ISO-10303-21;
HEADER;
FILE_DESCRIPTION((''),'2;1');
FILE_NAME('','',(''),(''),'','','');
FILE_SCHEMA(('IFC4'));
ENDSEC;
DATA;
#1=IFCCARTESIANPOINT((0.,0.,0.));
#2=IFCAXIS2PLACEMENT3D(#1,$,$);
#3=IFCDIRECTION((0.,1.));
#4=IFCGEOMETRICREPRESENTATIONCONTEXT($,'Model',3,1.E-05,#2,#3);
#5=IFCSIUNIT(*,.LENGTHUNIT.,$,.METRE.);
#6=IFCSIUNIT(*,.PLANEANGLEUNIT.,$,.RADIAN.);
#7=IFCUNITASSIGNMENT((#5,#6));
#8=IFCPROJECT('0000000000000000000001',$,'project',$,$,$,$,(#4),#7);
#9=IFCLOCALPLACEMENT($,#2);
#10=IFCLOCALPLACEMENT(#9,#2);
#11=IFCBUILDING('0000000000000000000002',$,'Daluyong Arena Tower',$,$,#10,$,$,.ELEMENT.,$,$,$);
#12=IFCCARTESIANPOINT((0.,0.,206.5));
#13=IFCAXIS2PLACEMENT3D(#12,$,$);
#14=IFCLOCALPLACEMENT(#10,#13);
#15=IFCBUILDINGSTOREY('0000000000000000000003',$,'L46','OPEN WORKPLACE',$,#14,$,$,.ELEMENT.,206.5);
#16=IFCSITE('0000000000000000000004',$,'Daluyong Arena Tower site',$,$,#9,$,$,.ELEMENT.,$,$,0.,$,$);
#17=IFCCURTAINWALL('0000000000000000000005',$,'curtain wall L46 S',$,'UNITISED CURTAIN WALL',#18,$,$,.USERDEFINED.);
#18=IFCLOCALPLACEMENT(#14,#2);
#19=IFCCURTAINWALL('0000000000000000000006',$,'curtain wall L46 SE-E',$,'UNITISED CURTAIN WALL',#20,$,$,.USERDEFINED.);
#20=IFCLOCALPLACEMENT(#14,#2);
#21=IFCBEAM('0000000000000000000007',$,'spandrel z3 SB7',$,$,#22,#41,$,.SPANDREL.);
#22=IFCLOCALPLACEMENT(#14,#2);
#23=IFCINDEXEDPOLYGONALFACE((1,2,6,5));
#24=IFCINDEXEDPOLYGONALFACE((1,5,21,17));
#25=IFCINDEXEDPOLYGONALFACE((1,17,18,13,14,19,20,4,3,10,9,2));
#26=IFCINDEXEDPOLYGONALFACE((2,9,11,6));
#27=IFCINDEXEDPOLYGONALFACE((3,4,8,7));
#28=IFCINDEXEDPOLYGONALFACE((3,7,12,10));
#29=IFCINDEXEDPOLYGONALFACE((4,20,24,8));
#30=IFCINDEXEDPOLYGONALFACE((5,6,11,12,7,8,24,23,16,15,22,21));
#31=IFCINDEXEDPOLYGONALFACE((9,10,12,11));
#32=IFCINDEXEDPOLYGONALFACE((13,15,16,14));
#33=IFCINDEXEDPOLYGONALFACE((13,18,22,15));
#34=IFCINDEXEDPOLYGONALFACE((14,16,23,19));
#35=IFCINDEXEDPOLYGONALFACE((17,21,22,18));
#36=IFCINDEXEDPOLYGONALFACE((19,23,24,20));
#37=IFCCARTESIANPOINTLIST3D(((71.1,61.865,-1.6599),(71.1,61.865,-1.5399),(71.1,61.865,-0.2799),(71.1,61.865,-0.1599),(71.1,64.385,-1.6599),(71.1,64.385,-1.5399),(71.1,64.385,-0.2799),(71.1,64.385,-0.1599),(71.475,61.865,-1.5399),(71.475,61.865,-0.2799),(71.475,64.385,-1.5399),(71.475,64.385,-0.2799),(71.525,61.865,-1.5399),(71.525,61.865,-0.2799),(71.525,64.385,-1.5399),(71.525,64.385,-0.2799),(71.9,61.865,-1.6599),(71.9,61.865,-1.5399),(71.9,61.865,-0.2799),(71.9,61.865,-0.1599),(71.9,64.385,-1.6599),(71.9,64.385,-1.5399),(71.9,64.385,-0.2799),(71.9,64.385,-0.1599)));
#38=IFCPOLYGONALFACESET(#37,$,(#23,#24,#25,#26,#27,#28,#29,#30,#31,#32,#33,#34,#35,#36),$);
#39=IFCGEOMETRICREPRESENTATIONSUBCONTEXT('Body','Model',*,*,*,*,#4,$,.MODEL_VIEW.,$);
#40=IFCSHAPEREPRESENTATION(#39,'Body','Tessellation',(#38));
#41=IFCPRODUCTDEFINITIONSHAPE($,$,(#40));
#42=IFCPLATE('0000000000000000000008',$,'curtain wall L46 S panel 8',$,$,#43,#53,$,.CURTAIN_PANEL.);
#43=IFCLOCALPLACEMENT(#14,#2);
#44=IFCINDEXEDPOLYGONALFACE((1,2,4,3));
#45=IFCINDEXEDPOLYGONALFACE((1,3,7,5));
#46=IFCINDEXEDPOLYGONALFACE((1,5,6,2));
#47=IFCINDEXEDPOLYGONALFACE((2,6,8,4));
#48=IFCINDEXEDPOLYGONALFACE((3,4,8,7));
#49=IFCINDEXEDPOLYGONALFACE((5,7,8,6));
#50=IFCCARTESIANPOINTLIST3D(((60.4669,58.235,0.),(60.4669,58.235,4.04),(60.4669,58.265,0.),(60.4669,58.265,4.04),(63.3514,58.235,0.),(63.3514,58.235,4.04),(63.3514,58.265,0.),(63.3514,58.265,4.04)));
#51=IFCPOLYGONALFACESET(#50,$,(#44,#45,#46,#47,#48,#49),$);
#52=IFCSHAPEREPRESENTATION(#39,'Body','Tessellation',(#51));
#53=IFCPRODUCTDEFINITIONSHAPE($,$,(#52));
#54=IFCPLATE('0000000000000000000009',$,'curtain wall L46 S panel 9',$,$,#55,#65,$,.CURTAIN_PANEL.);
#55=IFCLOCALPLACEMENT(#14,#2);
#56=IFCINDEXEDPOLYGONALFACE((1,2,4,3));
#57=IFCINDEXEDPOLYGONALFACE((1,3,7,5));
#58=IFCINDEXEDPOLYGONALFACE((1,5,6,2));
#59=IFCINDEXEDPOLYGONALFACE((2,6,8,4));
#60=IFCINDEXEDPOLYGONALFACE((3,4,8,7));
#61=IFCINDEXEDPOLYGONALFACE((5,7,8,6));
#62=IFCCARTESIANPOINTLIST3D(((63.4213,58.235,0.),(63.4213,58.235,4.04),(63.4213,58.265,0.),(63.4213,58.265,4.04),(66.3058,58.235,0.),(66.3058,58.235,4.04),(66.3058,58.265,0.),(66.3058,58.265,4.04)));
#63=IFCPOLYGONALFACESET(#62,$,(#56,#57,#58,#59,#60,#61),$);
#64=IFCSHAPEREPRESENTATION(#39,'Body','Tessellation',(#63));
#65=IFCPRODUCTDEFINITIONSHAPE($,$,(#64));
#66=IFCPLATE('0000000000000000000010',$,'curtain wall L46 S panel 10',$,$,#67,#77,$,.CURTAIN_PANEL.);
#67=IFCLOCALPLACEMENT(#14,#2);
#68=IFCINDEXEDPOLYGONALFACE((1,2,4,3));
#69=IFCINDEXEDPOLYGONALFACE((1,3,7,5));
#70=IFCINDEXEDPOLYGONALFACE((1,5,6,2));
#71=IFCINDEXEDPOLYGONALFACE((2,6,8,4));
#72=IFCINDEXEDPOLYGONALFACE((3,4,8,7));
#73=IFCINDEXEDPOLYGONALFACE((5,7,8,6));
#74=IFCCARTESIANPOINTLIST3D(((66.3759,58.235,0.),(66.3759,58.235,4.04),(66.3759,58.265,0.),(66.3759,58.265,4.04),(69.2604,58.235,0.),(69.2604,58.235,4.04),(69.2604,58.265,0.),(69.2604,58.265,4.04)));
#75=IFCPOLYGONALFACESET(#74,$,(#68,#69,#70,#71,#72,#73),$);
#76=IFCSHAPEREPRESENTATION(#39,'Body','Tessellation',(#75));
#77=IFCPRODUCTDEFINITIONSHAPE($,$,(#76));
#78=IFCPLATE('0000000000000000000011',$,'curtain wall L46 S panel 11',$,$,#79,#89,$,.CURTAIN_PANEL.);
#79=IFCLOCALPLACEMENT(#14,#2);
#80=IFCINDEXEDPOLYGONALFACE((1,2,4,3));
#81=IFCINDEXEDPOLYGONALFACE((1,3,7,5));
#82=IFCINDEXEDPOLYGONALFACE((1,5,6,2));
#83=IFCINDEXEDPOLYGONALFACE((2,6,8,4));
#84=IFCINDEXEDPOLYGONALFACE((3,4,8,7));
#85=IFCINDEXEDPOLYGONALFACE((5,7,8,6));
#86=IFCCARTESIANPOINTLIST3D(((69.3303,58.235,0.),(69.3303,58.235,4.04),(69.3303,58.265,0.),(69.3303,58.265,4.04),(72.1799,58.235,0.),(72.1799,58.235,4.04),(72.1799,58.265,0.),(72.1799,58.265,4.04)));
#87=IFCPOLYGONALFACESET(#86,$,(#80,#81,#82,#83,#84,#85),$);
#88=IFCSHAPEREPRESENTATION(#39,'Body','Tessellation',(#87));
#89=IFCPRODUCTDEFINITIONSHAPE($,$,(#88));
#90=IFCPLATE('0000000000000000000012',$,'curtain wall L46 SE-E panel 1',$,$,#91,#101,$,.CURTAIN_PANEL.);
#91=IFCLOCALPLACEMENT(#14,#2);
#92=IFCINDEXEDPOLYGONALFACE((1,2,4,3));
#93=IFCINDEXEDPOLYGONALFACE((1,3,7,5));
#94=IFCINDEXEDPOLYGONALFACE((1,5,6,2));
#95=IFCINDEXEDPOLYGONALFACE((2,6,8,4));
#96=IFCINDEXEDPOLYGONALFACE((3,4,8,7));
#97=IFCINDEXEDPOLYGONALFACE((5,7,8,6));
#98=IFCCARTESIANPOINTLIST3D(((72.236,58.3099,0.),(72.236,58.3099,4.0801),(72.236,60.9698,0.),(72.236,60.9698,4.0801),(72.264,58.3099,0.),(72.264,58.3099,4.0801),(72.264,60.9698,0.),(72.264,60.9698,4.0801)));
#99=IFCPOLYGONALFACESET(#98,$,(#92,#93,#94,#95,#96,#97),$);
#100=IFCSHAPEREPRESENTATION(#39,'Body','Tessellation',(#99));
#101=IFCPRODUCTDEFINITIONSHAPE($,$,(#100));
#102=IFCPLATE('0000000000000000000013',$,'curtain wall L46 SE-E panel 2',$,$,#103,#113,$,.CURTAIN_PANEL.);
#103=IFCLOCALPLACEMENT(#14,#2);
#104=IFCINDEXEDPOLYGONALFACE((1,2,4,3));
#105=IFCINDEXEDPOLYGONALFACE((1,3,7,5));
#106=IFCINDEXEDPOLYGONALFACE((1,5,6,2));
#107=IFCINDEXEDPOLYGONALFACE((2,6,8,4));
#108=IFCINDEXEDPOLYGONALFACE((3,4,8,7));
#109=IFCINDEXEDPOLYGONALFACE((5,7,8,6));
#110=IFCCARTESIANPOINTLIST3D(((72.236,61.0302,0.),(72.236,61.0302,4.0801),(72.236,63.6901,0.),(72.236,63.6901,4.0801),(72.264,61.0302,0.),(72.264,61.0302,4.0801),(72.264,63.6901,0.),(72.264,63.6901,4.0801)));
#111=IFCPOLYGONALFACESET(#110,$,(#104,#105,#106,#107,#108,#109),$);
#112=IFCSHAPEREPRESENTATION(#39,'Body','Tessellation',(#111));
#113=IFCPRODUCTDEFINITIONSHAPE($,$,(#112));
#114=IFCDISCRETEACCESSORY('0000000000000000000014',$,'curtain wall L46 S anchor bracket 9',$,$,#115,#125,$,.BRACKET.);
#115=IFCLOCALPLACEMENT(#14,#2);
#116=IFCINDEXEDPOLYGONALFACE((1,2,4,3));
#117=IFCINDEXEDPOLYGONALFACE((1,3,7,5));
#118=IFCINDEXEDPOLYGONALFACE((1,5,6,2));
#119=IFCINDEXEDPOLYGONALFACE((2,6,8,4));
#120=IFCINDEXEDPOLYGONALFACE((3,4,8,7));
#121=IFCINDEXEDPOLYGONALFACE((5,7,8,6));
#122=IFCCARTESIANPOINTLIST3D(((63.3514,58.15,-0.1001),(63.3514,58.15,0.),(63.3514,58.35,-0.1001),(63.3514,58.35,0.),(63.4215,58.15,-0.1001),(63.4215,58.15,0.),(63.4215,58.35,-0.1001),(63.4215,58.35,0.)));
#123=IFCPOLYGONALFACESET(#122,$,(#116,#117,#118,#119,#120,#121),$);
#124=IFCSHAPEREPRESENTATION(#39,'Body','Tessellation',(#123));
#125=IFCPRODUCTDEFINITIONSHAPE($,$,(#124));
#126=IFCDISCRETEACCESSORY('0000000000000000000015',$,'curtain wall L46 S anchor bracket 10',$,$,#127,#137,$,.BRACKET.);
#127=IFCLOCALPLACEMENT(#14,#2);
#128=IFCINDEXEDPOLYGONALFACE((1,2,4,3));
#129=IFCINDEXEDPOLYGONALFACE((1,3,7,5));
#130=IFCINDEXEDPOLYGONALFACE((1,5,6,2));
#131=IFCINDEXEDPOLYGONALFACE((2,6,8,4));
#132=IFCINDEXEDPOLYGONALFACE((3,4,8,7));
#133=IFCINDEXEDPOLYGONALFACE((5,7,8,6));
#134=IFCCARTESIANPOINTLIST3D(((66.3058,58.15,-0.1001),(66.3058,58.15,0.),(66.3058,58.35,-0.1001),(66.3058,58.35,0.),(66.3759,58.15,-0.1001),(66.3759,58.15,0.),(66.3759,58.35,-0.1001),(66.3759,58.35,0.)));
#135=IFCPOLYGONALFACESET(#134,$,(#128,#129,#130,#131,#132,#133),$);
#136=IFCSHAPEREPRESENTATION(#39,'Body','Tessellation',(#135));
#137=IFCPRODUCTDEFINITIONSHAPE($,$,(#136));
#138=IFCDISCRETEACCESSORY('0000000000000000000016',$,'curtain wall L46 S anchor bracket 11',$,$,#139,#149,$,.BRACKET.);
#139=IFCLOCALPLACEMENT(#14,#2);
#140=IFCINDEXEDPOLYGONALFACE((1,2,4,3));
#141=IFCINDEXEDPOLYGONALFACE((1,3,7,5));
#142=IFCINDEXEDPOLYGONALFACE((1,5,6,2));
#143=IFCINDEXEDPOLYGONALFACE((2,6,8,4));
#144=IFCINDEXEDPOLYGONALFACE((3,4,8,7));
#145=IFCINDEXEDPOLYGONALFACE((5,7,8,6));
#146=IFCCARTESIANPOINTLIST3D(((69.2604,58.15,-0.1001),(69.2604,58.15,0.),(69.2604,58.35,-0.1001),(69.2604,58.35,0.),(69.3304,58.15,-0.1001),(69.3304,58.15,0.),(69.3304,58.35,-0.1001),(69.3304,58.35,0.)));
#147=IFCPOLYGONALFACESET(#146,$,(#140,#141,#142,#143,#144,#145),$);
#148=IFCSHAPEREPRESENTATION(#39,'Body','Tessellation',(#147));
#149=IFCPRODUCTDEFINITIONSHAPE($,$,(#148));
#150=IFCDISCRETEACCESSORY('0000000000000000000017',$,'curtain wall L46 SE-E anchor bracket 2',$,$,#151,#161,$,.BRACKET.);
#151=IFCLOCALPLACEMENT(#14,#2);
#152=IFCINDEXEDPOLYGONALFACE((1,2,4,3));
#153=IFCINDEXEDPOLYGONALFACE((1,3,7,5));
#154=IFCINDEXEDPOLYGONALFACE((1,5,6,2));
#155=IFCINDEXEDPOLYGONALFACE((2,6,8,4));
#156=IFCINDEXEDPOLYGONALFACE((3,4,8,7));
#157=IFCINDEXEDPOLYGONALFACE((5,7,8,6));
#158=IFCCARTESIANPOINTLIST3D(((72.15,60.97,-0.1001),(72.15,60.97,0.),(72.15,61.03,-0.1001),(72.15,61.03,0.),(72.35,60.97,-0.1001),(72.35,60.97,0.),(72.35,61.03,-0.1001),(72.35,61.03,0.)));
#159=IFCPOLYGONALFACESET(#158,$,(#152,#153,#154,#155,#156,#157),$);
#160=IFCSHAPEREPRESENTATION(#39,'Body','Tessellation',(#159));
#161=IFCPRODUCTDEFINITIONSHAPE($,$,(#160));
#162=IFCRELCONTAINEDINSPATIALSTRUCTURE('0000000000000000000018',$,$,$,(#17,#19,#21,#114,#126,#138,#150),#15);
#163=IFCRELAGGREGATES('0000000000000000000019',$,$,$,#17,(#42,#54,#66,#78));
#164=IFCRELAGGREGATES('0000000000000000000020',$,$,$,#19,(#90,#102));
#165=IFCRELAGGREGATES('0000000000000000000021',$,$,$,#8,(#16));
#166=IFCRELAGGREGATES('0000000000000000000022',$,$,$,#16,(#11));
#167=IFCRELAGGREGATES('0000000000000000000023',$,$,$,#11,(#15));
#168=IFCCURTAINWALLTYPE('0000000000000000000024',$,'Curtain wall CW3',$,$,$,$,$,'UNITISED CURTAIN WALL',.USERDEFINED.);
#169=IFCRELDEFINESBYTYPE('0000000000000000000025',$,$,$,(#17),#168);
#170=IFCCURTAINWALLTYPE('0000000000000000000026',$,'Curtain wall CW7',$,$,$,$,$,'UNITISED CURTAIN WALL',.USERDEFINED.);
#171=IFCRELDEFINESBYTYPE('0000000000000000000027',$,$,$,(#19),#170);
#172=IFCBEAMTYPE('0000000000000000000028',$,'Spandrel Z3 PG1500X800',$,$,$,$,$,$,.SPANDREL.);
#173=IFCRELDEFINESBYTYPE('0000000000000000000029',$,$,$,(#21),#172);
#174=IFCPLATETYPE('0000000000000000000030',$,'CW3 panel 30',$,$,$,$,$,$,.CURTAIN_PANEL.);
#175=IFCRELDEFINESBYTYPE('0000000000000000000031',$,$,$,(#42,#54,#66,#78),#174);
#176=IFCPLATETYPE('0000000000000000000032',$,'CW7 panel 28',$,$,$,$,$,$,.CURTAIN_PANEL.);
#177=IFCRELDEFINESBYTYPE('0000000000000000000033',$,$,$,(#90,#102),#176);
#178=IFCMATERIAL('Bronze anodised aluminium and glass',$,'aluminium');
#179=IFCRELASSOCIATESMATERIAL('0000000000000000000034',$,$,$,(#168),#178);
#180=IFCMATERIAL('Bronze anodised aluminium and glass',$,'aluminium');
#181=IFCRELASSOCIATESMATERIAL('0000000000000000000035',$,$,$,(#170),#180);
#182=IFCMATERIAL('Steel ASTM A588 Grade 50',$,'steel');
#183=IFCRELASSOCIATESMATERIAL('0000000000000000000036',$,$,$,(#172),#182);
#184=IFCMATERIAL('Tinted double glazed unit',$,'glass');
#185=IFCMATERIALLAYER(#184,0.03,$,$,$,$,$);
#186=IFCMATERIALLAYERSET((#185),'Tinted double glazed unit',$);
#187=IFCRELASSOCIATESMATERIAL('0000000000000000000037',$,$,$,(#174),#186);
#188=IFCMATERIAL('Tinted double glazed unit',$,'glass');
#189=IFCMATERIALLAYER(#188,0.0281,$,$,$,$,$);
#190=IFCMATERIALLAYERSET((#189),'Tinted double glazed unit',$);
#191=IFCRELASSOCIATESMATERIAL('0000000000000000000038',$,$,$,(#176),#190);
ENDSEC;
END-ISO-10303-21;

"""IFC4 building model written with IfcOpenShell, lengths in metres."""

from ifc_helpers import new_model, si_unit, direction, frame, origin, origin_2d, place, context, subcontext, project, spatial, rectangle, i_section, extrude, material, layer, layer_set, material_profile, profile_set, type_object, element, aggregate, save


model = new_model("IFC4")

# Units and contexts
model_context = context("Model", 3, precision=1e-05, world=origin(), true_north=direction((0.0, 1.0)))
body_context = subcontext(model_context, "Body", "Model", "MODEL_VIEW")
ifc_project = project(units=[si_unit("LENGTHUNIT", "METRE"), si_unit("PLANEANGLEUNIT", "RADIAN")], contexts=[model_context])

# Site, building, storey
site_placement = place(None, origin())
site = spatial("IfcSite", under=ifc_project, at=site_placement, Name="Daluyong Arena Tower site", CompositionType="ELEMENT", RefElevation=0.0)
building_placement = place(site_placement, origin())
building = spatial("IfcBuilding", under=site, at=building_placement, Name="Daluyong Arena Tower", CompositionType="ELEMENT")
storey_placement = place(building_placement, frame((0.0, 0.0, 206.5)))
storey = spatial("IfcBuildingStorey", under=building, at=storey_placement, Name="L46", Description="OPEN WORKPLACE", CompositionType="ELEMENT", Elevation=206.5)

# Curtain walls
ifc_material_1 = material(Name="Bronze anodised aluminium and glass", Category="aluminium")
curtain_wall_type_1 = type_object("IfcCurtainWallType", Name="Curtain wall CW3", ElementType="UNITISED CURTAIN WALL", PredefinedType="USERDEFINED", material=ifc_material_1)
curtain_wall_1_placement = place(storey_placement, origin())
curtain_wall_1 = element("IfcCurtainWall", 1, at=curtain_wall_1_placement, inside=storey, type_object=curtain_wall_type_1, Name="curtain wall L46 S", ObjectType="UNITISED CURTAIN WALL", PredefinedType="USERDEFINED")
ifc_material_2 = material(Name="Bronze anodised aluminium and glass", Category="aluminium")
curtain_wall_type_2 = type_object("IfcCurtainWallType", Name="Curtain wall CW7", ElementType="UNITISED CURTAIN WALL", PredefinedType="USERDEFINED", material=ifc_material_2)
curtain_wall_2_placement = place(storey_placement, origin())
curtain_wall_2 = element("IfcCurtainWall", 2, at=curtain_wall_2_placement, inside=storey, type_object=curtain_wall_type_2, Name="curtain wall L46 SE-E", ObjectType="UNITISED CURTAIN WALL", PredefinedType="USERDEFINED")

# Beam
ifc_material_3 = material(Name="Steel ASTM A588 Grade 50", Category="steel")
ifc_material_profile_1 = material_profile(ifc_material_3, i_section(OverallWidth=0.8, OverallDepth=1.5, WebThickness=0.05, FlangeThickness=0.12, at=origin_2d()))
ifc_profile_set_1 = profile_set([ifc_material_profile_1], Name="Steel ASTM A588 Grade 50")
beam_type_1 = type_object("IfcBeamType", Name="Spandrel Z3 PG1500X800", PredefinedType="SPANDREL", material=ifc_profile_set_1)
for number, where, z_axis, x_axis, name in (
    (3, (71.5, 61.865, -0.9099), (0.0, 1.0, 0.0), (-1.0, 0.0, 0.0), "spandrel z3 SB7"),
):
    element("IfcBeam", number, at=place(storey_placement, frame(where, z_axis=z_axis, x_axis=x_axis)), inside=storey, type_object=beam_type_1, Name=name, PredefinedType="SPANDREL", context=body_context, shape_type="SweptSolid", body=[
        extrude(i_section(OverallWidth=0.8, OverallDepth=1.5, WebThickness=0.05, FlangeThickness=0.12, at=origin_2d()), origin(), (0.0, 0.0, 1.0), 2.52),
    ])

# Plates
ifc_material_4 = material(Name="Tinted double glazed unit", Category="glass")
ifc_layer_1 = layer(ifc_material_4, 0.03)
ifc_layer_set_1 = layer_set([ifc_layer_1], Name="Tinted double glazed unit")
plate_type_1 = type_object("IfcPlateType", Name="CW3 panel 30", PredefinedType="CURTAIN_PANEL", material=ifc_layer_set_1)
plate_1_placement = place(storey_placement, frame((61.9092, 58.25, 0.0), z_axis=(0.0, 0.0, 1.0), x_axis=(1.0, 0.0, 0.0)))
plate_1 = element("IfcPlate", 4, at=plate_1_placement, type_object=plate_type_1, Name="curtain wall L46 S panel 8", PredefinedType="CURTAIN_PANEL", context=body_context, shape_type="SweptSolid", body=[
    extrude(rectangle(XDim=2.8845, YDim=0.03, at=origin_2d()), origin(), (0.0, 0.0, 1.0), 4.04),
])
plate_2_placement = place(storey_placement, frame((64.8635, 58.25, 0.0), z_axis=(0.0, 0.0, 1.0), x_axis=(1.0, 0.0, 0.0)))
plate_2 = element("IfcPlate", 5, at=plate_2_placement, type_object=plate_type_1, Name="curtain wall L46 S panel 9", PredefinedType="CURTAIN_PANEL", context=body_context, shape_type="SweptSolid", body=[
    extrude(rectangle(XDim=2.8845, YDim=0.03, at=origin_2d()), origin(), (0.0, 0.0, 1.0), 4.04),
])
plate_3_placement = place(storey_placement, frame((67.8181, 58.25, 0.0), z_axis=(0.0, 0.0, 1.0), x_axis=(1.0, 0.0, 0.0)))
plate_3 = element("IfcPlate", 6, at=plate_3_placement, type_object=plate_type_1, Name="curtain wall L46 S panel 10", PredefinedType="CURTAIN_PANEL", context=body_context, shape_type="SweptSolid", body=[
    extrude(rectangle(XDim=2.8845, YDim=0.03, at=origin_2d()), origin(), (0.0, 0.0, 1.0), 4.04),
])
plate_4_placement = place(storey_placement, frame((70.7551, 58.25, 0.0), z_axis=(0.0, 0.0, 1.0), x_axis=(1.0, 0.0, 0.0)))
plate_4 = element("IfcPlate", 7, at=plate_4_placement, type_object=plate_type_1, Name="curtain wall L46 S panel 11", PredefinedType="CURTAIN_PANEL", context=body_context, shape_type="SweptSolid", body=[
    extrude(rectangle(XDim=2.8496, YDim=0.03, at=origin_2d()), origin(), (0.0, 0.0, 1.0), 4.04),
])
aggregate(curtain_wall_1, [plate_1, plate_2, plate_3, plate_4])
ifc_material_5 = material(Name="Tinted double glazed unit", Category="glass")
ifc_layer_2 = layer(ifc_material_5, 0.0281)
ifc_layer_set_2 = layer_set([ifc_layer_2], Name="Tinted double glazed unit")
plate_type_2 = type_object("IfcPlateType", Name="CW7 panel 28", PredefinedType="CURTAIN_PANEL", material=ifc_layer_set_2)
plate_5_placement = place(storey_placement, frame((72.25, 59.6399, 0.0), z_axis=(0.0, 0.0, 1.0), x_axis=(0.0, 1.0, 0.0)))
plate_5 = element("IfcPlate", 8, at=plate_5_placement, type_object=plate_type_2, Name="curtain wall L46 SE-E panel 1", PredefinedType="CURTAIN_PANEL", context=body_context, shape_type="SweptSolid", body=[
    extrude(rectangle(XDim=2.6599, YDim=0.0281, at=origin_2d()), origin(), (0.0, 0.0, 1.0), 4.0801),
])
plate_6_placement = place(storey_placement, frame((72.25, 62.3601, 0.0), z_axis=(0.0, 0.0, 1.0), x_axis=(0.0, 1.0, 0.0)))
plate_6 = element("IfcPlate", 9, at=plate_6_placement, type_object=plate_type_2, Name="curtain wall L46 SE-E panel 2", PredefinedType="CURTAIN_PANEL", context=body_context, shape_type="SweptSolid", body=[
    extrude(rectangle(XDim=2.6599, YDim=0.0281, at=origin_2d()), origin(), (0.0, 0.0, 1.0), 4.0801),
])
aggregate(curtain_wall_2, [plate_5, plate_6])

# Discrete accessories
for number, where, z_axis, x_axis, name in (
    (10, (63.3865, 58.25, -0.1001), (0.0, 0.0, 1.0), (1.0, 0.0, 0.0), "curtain wall L46 S anchor bracket 9"),
    (11, (66.3408, 58.25, -0.1001), (0.0, 0.0, 1.0), (1.0, 0.0, 0.0), "curtain wall L46 S anchor bracket 10"),
    (12, (69.2954, 58.25, -0.1001), (0.0, 0.0, 1.0), (1.0, 0.0, 0.0), "curtain wall L46 S anchor bracket 11"),
):
    element("IfcDiscreteAccessory", number, at=place(storey_placement, frame(where, z_axis=z_axis, x_axis=x_axis)), inside=storey, Name=name, PredefinedType="BRACKET", context=body_context, shape_type="SweptSolid", body=[
        extrude(rectangle(XDim=0.0701, YDim=0.2, at=origin_2d()), origin(), (0.0, 0.0, 1.0), 0.1001),
    ])
discrete_accessory_placement = place(storey_placement, frame((72.25, 61.0, -0.1001), z_axis=(0.0, 0.0, 1.0), x_axis=(0.0, 1.0, 0.0)))
element("IfcDiscreteAccessory", 13, at=discrete_accessory_placement, inside=storey, Name="curtain wall L46 SE-E anchor bracket 2", PredefinedType="BRACKET", context=body_context, shape_type="SweptSolid", body=[
    extrude(rectangle(XDim=0.0601, YDim=0.2, at=origin_2d()), origin(), (0.0, 0.0, 1.0), 0.1001),
])

save(model, "model.ifc")
